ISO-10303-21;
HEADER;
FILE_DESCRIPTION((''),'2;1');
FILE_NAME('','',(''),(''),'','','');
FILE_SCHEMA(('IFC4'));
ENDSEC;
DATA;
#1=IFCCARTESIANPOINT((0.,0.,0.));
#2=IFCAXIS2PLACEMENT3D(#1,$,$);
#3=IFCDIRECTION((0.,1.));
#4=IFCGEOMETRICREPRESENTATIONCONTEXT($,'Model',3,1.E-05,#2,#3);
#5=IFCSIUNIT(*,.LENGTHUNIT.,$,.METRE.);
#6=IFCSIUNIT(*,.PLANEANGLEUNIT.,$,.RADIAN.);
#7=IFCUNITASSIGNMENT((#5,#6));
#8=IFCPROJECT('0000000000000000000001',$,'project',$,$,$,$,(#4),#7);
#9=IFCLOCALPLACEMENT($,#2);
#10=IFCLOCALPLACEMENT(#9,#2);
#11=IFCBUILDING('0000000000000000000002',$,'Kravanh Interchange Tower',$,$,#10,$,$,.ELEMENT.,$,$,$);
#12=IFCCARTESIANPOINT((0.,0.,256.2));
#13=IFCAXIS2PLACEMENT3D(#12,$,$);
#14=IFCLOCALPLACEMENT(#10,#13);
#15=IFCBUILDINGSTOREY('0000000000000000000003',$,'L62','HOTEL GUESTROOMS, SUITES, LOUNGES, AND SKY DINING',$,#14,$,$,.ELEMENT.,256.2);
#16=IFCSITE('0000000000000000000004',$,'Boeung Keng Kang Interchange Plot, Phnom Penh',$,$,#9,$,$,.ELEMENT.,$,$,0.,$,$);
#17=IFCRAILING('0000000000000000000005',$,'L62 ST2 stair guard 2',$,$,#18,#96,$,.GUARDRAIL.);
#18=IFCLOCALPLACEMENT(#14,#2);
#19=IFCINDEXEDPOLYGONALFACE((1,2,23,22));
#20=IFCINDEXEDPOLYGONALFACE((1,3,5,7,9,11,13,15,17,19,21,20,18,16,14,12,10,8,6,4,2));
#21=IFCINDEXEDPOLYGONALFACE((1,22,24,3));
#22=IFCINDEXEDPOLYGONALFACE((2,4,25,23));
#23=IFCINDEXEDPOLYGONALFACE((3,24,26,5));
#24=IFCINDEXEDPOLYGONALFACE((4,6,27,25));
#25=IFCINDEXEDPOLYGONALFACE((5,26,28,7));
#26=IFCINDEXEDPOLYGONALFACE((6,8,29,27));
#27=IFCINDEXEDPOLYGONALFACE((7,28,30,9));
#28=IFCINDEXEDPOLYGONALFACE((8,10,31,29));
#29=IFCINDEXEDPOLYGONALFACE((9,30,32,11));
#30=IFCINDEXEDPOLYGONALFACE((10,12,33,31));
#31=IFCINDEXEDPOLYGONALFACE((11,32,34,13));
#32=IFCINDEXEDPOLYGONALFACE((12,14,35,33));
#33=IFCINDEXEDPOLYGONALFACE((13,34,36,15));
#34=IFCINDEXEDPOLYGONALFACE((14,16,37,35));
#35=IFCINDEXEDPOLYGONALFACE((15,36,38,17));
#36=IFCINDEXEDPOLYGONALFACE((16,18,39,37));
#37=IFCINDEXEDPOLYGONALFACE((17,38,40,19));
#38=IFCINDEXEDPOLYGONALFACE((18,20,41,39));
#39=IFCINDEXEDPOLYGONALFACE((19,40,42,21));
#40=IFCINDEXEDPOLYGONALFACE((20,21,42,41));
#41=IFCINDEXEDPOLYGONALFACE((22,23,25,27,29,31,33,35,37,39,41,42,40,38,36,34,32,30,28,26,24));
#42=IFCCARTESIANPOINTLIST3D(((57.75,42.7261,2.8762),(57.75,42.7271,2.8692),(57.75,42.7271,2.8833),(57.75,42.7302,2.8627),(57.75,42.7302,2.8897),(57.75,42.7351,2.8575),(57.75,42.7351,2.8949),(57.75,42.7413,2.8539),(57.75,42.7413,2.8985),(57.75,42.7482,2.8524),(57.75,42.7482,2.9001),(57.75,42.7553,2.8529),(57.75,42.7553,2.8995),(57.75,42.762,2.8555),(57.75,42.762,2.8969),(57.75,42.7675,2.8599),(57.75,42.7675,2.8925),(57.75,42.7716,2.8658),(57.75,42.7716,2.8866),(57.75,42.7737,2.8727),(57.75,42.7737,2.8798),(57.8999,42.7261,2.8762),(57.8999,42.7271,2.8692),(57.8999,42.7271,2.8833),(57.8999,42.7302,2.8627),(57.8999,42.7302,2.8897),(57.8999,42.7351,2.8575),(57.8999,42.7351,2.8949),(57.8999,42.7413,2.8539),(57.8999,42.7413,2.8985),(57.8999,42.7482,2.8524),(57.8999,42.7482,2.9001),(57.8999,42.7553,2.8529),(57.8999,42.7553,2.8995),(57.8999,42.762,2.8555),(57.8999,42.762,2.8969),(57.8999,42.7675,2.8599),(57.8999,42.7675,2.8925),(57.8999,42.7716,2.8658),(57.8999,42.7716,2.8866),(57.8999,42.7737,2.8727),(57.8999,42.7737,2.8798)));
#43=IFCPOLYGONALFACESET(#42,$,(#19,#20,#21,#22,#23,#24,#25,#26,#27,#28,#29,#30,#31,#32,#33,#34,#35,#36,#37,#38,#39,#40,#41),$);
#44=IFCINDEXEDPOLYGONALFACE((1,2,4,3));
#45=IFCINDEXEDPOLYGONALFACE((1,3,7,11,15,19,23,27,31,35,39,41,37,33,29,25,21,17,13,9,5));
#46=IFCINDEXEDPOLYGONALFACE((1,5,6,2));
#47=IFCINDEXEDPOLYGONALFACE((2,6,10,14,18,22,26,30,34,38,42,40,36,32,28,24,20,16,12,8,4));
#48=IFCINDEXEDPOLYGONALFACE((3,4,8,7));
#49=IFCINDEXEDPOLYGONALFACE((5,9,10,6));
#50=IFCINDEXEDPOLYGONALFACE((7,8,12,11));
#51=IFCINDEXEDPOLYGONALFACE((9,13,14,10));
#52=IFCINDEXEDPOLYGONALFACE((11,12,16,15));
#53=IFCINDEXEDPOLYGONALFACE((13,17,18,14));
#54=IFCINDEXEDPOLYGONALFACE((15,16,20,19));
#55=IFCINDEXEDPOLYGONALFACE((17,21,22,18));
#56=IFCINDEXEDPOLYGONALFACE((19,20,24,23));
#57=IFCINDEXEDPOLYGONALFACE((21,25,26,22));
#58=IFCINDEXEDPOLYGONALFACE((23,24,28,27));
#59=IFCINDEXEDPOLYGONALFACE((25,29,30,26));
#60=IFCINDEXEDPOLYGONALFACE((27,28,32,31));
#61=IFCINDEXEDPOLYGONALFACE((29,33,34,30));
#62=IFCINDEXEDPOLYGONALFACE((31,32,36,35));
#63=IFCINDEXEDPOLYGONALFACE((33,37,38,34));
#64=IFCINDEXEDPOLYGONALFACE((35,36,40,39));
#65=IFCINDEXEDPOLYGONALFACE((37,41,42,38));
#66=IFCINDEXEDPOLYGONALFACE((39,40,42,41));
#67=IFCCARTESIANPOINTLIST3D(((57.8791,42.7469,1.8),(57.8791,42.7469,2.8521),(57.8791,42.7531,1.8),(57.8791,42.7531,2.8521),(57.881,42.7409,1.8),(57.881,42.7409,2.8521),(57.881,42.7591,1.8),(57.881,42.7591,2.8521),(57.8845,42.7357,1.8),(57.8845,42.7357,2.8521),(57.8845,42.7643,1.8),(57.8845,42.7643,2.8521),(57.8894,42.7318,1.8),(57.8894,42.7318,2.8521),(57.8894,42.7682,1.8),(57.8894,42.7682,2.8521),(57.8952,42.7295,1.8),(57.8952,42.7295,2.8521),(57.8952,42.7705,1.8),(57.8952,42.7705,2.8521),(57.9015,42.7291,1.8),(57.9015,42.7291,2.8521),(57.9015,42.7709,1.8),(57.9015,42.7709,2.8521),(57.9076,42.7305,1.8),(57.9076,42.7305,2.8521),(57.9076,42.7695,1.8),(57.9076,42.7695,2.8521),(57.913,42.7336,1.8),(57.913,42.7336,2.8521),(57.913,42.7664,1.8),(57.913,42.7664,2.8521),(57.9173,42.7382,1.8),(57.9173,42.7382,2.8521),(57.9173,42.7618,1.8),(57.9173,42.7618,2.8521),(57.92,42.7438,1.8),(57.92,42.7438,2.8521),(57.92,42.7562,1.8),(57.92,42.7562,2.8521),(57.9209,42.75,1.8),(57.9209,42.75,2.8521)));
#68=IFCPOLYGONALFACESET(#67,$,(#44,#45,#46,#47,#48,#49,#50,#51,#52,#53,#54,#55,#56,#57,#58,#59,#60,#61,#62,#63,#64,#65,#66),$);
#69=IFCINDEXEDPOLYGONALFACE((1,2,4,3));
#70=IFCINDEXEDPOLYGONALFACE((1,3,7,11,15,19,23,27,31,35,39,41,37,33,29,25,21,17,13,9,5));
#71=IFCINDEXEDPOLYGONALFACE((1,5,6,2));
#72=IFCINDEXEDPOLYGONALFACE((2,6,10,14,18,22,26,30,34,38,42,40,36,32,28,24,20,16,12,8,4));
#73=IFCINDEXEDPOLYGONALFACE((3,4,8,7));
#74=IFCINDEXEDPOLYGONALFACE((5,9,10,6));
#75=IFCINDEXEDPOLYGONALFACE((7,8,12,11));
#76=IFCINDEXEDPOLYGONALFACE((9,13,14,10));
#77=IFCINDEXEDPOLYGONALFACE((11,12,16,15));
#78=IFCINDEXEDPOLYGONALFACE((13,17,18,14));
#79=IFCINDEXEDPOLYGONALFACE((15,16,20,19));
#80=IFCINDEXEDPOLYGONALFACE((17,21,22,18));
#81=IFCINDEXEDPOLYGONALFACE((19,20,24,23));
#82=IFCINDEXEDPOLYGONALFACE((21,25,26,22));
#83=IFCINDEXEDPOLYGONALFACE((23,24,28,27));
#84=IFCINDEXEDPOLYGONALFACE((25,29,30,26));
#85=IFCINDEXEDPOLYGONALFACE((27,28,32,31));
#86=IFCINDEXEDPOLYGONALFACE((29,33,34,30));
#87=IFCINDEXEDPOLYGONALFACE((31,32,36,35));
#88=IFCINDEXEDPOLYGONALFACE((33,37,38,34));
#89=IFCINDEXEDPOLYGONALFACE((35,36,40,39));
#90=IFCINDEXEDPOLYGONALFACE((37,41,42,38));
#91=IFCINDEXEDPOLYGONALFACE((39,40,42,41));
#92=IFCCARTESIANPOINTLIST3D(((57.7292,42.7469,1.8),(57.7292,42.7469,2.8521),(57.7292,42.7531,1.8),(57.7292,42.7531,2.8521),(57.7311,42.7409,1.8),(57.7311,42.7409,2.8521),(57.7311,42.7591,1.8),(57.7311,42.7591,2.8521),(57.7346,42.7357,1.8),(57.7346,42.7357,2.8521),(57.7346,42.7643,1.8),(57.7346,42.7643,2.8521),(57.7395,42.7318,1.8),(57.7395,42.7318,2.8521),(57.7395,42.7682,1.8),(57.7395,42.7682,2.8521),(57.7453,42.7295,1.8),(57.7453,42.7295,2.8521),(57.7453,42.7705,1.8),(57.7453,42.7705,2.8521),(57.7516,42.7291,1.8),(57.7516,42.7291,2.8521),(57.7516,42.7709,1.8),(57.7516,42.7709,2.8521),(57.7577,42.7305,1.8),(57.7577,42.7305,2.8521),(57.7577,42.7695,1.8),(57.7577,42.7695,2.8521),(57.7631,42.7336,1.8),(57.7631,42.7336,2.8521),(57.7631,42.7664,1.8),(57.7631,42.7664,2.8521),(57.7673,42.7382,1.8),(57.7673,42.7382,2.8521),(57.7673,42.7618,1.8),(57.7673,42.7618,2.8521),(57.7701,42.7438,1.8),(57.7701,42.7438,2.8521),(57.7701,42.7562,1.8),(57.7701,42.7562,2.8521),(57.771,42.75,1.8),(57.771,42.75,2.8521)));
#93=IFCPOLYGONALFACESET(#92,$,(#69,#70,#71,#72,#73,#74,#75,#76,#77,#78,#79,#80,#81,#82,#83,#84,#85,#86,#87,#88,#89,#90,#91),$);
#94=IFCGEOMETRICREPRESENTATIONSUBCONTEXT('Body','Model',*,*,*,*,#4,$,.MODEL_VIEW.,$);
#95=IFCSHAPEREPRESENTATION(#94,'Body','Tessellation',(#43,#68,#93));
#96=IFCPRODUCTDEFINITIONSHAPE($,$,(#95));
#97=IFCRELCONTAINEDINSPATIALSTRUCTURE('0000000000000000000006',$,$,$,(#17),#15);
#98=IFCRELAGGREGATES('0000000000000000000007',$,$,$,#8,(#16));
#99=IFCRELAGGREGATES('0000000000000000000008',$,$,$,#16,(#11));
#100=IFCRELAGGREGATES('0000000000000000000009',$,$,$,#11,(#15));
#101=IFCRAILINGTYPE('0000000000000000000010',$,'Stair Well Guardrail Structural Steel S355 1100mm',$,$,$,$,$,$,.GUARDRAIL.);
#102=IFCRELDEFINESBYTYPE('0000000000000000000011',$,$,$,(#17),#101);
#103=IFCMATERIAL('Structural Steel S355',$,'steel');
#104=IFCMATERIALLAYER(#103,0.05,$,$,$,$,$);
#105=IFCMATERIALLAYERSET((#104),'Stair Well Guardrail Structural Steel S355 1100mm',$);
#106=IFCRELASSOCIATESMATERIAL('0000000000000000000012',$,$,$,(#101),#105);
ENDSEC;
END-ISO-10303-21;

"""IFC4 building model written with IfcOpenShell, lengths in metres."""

from ifc_helpers import new_model, si_unit, direction, frame, origin, origin_2d, place, context, subcontext, project, spatial, circle, extrude, material, layer, layer_set, type_object, element, save


model = new_model("IFC4")

# Units and contexts
model_context = context("Model", 3, precision=1e-05, world=origin(), true_north=direction((0.0, 1.0)))
body_context = subcontext(model_context, "Body", "Model", "MODEL_VIEW")
ifc_project = project(units=[si_unit("LENGTHUNIT", "METRE"), si_unit("PLANEANGLEUNIT", "RADIAN")], contexts=[model_context])

# Site, building, storey
site_placement = place(None, origin())
site = spatial("IfcSite", under=ifc_project, at=site_placement, Name="Boeung Keng Kang Interchange Plot, Phnom Penh", CompositionType="ELEMENT", RefElevation=0.0)
building_placement = place(site_placement, origin())
building = spatial("IfcBuilding", under=site, at=building_placement, Name="Kravanh Interchange Tower", CompositionType="ELEMENT")
storey_placement = place(building_placement, frame((0.0, 0.0, 256.2)))
storey = spatial("IfcBuildingStorey", under=building, at=storey_placement, Name="L62", Description="HOTEL GUESTROOMS, SUITES, LOUNGES, AND SKY DINING", CompositionType="ELEMENT", Elevation=256.2)

# Railing
ifc_material_1 = material(Name="Structural Steel S355", Category="steel")
ifc_layer_1 = layer(ifc_material_1, 0.05)
ifc_layer_set_1 = layer_set([ifc_layer_1], Name="Stair Well Guardrail Structural Steel S355 1100mm")
railing_type_1 = type_object("IfcRailingType", Name="Stair Well Guardrail Structural Steel S355 1100mm", PredefinedType="GUARDRAIL", material=ifc_layer_set_1)
railing_1_placement = place(storey_placement, frame((57.8999, 42.75, 1.8)))
element("IfcRailing", 1, at=railing_1_placement, inside=storey, type_object=railing_type_1, Name="L62 ST2 stair guard 2", PredefinedType="GUARDRAIL", context=body_context, shape_type="SweptSolid", body=[
    extrude(circle(Radius=0.0239, at=origin_2d()), frame((0.0, 0.0, 1.0762), z_axis=(-1.0, 0.0, 0.0), x_axis=(0.0, -1.0, 0.0)), (0.0, 0.0, 1.0), 0.1499),
    extrude(circle(Radius=0.021, at=origin_2d()), origin(), (0.0, 0.0, 1.0), 1.052),
    extrude(circle(Radius=0.021, at=origin_2d()), frame((-0.1499, 0.0, 0.0)), (0.0, 0.0, 1.0), 1.052),
])

save(model, "model.ifc")
